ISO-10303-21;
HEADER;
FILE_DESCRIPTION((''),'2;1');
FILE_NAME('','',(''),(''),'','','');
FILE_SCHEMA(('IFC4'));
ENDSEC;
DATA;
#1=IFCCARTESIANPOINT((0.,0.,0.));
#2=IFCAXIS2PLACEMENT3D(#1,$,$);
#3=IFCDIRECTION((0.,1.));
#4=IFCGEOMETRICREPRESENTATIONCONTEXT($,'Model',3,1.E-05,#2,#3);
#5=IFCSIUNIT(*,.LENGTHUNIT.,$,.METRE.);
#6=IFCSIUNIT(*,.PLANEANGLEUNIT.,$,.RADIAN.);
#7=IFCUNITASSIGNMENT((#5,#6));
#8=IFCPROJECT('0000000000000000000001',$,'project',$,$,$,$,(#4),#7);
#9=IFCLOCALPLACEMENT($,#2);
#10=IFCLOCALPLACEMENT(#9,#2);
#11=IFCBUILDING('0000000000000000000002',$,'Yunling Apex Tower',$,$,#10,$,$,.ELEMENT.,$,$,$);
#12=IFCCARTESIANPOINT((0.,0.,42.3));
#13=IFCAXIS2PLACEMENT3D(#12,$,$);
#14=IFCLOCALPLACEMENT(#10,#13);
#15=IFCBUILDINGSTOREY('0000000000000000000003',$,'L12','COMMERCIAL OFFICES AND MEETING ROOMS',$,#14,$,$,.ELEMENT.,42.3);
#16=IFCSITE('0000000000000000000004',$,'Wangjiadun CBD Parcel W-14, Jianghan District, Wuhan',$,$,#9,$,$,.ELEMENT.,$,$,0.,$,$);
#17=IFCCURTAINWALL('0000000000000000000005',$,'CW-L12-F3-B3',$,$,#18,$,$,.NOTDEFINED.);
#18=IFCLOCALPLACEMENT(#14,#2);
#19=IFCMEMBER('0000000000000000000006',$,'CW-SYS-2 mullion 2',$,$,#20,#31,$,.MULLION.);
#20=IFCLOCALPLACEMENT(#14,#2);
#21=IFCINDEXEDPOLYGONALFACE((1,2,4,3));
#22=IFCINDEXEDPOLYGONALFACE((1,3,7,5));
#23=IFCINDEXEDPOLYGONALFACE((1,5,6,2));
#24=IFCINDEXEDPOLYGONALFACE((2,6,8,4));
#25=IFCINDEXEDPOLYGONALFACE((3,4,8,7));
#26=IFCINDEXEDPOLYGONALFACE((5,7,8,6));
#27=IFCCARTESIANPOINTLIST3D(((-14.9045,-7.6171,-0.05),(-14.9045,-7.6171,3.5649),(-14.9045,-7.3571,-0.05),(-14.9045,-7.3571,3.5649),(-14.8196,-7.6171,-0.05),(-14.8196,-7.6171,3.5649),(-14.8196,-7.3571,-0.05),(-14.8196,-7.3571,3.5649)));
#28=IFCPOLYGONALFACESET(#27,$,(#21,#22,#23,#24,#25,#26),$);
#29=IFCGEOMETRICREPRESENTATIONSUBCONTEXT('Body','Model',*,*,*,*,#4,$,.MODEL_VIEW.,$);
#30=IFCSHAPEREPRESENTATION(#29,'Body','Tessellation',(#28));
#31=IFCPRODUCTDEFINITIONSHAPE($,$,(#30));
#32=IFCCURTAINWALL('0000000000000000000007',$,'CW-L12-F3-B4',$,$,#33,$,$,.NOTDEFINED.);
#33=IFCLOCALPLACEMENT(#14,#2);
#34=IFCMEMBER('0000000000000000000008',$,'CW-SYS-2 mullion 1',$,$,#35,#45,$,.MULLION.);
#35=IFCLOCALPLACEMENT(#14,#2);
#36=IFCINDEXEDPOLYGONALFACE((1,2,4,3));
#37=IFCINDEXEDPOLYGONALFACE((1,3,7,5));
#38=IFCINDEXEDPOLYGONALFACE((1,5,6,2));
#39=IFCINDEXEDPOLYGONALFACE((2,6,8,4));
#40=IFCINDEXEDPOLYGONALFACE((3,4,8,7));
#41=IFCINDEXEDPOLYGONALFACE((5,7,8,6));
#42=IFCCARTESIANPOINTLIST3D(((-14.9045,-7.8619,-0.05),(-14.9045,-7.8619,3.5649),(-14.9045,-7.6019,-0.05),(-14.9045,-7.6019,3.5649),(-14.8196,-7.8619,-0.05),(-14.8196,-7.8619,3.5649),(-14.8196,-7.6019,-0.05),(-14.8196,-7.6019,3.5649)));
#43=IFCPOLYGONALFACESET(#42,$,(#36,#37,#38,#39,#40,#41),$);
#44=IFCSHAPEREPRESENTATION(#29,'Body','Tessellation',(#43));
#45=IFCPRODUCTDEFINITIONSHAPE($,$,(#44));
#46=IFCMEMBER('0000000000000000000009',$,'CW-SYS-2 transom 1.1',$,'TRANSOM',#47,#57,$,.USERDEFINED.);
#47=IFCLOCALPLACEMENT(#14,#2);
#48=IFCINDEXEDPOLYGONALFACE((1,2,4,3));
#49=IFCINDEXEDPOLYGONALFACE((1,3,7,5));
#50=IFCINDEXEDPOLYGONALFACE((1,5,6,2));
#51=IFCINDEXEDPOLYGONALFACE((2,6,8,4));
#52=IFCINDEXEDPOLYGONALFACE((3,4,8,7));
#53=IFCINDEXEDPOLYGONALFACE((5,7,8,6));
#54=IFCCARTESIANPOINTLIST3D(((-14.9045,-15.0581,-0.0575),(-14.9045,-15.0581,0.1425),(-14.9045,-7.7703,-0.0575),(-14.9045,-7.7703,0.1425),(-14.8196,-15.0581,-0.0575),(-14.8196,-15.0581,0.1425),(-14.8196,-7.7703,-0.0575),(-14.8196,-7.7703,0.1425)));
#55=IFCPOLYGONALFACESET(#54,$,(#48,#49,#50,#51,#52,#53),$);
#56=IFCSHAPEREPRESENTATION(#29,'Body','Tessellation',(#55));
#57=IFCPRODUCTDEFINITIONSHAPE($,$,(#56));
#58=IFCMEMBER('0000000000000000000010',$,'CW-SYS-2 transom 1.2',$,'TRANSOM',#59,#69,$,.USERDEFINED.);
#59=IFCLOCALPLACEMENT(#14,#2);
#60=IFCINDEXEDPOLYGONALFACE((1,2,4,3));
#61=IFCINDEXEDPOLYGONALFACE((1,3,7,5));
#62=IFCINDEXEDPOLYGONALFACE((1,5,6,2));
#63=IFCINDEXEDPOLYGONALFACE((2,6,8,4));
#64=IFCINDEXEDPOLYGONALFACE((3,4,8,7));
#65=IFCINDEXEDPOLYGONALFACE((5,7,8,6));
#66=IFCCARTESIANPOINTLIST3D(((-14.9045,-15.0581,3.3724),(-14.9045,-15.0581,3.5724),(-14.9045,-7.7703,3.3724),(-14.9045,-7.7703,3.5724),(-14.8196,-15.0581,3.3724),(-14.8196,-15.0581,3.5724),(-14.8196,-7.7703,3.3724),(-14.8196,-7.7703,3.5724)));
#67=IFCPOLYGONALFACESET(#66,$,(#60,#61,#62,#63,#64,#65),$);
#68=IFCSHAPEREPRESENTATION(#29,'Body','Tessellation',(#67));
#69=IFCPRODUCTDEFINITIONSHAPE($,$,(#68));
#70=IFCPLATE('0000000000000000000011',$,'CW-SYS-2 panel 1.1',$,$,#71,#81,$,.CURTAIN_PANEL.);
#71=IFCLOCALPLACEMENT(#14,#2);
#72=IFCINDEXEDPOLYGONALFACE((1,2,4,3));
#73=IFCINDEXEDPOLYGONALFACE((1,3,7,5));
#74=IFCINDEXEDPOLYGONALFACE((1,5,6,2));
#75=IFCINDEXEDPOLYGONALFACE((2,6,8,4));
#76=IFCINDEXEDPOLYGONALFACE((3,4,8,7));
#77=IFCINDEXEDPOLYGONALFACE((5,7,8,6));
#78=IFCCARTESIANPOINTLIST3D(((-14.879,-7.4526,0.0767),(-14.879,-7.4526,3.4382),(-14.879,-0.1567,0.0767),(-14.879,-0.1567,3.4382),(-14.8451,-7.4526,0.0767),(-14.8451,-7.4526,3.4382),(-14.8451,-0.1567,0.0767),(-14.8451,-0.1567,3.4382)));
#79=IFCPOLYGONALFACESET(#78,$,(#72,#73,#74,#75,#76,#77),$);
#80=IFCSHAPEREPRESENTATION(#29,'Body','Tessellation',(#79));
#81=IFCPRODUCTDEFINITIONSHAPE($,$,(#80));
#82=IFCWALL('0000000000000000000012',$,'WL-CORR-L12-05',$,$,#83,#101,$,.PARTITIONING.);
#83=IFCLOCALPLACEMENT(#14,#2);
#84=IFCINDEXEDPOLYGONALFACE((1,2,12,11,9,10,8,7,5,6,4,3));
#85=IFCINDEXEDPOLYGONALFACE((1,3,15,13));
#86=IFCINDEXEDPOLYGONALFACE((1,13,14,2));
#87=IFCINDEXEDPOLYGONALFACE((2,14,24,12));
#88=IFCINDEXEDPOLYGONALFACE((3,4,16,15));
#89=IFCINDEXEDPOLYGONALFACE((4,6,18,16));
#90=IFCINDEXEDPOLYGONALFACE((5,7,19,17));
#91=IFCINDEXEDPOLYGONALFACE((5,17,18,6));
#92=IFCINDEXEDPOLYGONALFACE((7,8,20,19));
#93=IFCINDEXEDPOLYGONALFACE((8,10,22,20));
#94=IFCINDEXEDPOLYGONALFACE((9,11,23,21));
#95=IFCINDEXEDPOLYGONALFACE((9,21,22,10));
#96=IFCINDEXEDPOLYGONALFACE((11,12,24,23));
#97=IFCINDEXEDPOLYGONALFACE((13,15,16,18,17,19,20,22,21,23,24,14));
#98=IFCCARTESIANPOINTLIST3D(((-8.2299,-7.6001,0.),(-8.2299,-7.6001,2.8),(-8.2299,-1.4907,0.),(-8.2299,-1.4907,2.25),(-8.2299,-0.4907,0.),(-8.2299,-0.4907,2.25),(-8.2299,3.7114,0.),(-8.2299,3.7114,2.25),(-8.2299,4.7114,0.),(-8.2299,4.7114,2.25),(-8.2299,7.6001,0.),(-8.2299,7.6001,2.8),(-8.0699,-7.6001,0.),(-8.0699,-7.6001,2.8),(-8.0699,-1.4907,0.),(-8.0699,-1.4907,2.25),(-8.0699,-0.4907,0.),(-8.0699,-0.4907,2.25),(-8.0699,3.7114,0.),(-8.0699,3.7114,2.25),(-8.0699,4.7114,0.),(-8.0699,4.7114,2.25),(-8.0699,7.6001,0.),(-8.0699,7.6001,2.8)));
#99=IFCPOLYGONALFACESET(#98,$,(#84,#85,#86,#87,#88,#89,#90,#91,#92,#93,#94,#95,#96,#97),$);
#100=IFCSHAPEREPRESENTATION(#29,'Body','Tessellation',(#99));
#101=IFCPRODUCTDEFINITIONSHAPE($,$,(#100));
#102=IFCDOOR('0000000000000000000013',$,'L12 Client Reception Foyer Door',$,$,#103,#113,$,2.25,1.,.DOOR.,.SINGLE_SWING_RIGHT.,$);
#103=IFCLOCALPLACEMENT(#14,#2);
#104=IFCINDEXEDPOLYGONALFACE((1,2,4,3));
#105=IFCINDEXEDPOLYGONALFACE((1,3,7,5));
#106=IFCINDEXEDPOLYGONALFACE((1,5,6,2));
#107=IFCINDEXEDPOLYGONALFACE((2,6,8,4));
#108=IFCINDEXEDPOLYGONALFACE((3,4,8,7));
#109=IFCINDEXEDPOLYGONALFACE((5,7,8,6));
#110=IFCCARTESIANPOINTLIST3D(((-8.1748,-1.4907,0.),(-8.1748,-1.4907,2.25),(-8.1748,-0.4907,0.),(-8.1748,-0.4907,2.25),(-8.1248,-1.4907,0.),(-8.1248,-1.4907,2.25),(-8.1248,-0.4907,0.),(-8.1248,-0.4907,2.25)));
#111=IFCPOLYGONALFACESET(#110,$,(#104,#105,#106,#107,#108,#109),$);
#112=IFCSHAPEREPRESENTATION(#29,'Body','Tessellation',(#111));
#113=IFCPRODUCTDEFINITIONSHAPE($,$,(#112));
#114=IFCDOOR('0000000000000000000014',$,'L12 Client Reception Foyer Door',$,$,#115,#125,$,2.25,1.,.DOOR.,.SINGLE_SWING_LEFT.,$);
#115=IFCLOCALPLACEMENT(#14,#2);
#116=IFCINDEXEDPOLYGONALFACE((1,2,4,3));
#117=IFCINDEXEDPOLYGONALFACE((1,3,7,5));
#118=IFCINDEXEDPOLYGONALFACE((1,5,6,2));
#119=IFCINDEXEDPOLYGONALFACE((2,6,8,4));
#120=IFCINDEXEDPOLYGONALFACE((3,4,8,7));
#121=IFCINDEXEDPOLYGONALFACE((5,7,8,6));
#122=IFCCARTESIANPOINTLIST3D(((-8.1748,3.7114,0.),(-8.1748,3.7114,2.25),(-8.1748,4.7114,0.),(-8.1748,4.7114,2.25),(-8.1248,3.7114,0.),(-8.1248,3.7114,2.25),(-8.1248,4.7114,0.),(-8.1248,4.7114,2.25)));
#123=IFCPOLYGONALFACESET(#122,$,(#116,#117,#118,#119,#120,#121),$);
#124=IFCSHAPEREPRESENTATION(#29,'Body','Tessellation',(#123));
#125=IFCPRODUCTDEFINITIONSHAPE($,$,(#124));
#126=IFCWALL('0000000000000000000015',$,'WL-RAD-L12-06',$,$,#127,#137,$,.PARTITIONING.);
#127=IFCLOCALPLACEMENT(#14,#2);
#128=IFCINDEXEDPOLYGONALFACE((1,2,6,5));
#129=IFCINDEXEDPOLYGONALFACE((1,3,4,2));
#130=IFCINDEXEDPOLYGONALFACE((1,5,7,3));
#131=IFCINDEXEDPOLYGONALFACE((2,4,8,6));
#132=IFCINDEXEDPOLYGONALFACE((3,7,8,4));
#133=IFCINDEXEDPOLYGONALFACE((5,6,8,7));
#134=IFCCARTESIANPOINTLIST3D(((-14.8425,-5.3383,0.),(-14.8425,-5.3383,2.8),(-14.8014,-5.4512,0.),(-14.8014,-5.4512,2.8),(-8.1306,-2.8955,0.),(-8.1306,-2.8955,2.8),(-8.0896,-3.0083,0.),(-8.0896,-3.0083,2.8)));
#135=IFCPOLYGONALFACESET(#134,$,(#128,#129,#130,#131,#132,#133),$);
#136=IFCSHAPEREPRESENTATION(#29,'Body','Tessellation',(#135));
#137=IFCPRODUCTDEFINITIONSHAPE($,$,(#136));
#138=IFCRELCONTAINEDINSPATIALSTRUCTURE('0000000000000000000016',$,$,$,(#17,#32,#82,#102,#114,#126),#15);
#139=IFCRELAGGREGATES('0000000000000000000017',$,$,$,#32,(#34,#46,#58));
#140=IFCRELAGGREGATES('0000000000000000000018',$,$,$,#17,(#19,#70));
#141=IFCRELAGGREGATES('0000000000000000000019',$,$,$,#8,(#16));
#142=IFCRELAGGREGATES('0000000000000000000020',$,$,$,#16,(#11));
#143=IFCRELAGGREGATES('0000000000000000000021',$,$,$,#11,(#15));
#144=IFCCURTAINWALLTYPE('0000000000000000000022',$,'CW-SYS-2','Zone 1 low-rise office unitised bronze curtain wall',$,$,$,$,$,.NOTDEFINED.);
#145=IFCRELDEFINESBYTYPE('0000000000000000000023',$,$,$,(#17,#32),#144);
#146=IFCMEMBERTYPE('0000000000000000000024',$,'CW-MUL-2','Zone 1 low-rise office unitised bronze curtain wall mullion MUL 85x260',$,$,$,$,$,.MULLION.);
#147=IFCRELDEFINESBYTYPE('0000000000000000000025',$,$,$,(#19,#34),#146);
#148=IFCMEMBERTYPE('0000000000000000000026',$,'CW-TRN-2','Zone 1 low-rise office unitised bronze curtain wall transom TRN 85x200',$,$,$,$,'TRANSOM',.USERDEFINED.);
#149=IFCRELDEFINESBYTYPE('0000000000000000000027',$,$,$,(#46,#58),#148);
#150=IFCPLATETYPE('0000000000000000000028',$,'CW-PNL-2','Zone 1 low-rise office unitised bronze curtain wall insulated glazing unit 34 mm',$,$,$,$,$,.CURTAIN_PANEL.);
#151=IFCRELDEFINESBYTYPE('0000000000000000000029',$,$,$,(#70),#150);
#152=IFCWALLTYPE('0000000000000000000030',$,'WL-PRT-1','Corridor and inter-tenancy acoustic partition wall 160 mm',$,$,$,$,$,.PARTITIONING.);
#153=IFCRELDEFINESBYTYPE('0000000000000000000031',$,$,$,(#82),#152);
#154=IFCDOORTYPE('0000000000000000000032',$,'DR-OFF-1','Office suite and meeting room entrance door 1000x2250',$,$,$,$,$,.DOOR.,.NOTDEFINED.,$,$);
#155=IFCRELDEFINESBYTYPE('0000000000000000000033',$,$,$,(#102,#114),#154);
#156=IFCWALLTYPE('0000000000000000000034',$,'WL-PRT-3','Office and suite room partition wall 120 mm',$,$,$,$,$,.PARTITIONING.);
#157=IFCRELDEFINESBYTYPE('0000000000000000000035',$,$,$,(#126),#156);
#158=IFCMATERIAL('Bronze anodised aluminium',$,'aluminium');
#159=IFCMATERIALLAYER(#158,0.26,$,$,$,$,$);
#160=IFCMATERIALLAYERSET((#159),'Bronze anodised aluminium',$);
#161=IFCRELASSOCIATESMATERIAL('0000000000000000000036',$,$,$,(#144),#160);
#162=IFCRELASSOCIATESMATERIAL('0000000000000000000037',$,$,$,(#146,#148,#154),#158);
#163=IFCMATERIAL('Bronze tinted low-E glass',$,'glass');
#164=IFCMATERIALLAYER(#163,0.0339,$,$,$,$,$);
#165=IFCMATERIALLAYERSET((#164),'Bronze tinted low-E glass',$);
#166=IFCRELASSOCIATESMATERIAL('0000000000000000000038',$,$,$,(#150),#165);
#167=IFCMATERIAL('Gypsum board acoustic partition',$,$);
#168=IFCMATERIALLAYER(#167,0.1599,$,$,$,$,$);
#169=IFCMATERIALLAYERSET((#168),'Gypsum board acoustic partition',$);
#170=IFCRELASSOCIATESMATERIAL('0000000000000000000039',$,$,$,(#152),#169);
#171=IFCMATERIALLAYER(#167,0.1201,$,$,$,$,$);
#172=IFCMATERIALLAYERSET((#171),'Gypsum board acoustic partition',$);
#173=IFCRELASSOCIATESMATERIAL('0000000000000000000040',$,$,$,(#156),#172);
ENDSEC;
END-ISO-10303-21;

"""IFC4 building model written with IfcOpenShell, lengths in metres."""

from ifc_helpers import new_model, si_unit, direction, frame, frame_2d, origin, origin_2d, place, context, subcontext, project, spatial, rectangle, extrude, source, transform, mapped, material, layer, layer_set, material_profile, profile_set, type_object, element, fill, aggregate, save


model = new_model("IFC4")

# Units and contexts
model_context = context("Model", 3, precision=1e-05, world=origin(), true_north=direction((0.0, 1.0)))
body_context = subcontext(model_context, "Body", "Model", "MODEL_VIEW")
ifc_project = project(units=[si_unit("LENGTHUNIT", "METRE"), si_unit("PLANEANGLEUNIT", "RADIAN")], contexts=[model_context])

# Site, building, storey
site_placement = place(None, origin())
site = spatial("IfcSite", under=ifc_project, at=site_placement, Name="Wangjiadun CBD Parcel W-14, Jianghan District, Wuhan", CompositionType="ELEMENT", RefElevation=0.0)
building_placement = place(site_placement, origin())
building = spatial("IfcBuilding", under=site, at=building_placement, Name="Yunling Apex Tower", CompositionType="ELEMENT")
storey_placement = place(building_placement, frame((0.0, 0.0, 42.3)))
storey = spatial("IfcBuildingStorey", under=building, at=storey_placement, Name="L12", Description="COMMERCIAL OFFICES AND MEETING ROOMS", CompositionType="ELEMENT", Elevation=42.3)

# Curtain wall, member
ifc_material_1 = material(Name="Bronze anodised aluminium", Category="aluminium")
ifc_layer_1 = layer(ifc_material_1, 0.26)
ifc_layer_set_1 = layer_set([ifc_layer_1], Name="Bronze anodised aluminium")
curtain_wall_type = type_object("IfcCurtainWallType", Name="CW-SYS-2", Description="Zone 1 low-rise office unitised bronze curtain wall", PredefinedType="NOTDEFINED", material=ifc_layer_set_1)
curtain_wall_1_placement = place(storey_placement, origin())
curtain_wall_1 = element("IfcCurtainWall", 1, at=curtain_wall_1_placement, inside=storey, type_object=curtain_wall_type, Name="CW-L12-F3-B3", PredefinedType="NOTDEFINED")
ifc_material_profile_1 = material_profile(ifc_material_1, rectangle(XDim=0.085, YDim=0.26, at=origin_2d()))
ifc_profile_set_1 = profile_set([ifc_material_profile_1], Name="Bronze anodised aluminium")
member_type_1 = type_object("IfcMemberType", Name="CW-MUL-2", Description="Zone 1 low-rise office unitised bronze curtain wall mullion MUL 85x260", PredefinedType="MULLION", material=ifc_profile_set_1)
shared_shape_1 = source(origin(), body_context, "Body", "SweptSolid", [
    extrude(rectangle(XDim=0.085, YDim=0.26, at=origin_2d()), origin(), (0.0, 0.0, 1.0), 3.615),
])
member_1_placement = place(storey_placement, frame((-14.8621, -7.4871, -0.05), z_axis=(0.0, 0.0, 1.0), x_axis=(1.0, 0.0, 0.0)))
member_1 = element("IfcMember", 2, at=member_1_placement, type_object=member_type_1, Name="CW-SYS-2 mullion 2", PredefinedType="MULLION", context=body_context, shape_type="MappedRepresentation", body=[
    mapped(shared_shape_1, transform((0.0, 0.0, 0.0), scale=1.0)),
])

# Curtain wall, members
curtain_wall_2_placement = place(storey_placement, origin())
curtain_wall_2 = element("IfcCurtainWall", 3, at=curtain_wall_2_placement, inside=storey, type_object=curtain_wall_type, Name="CW-L12-F3-B4", PredefinedType="NOTDEFINED")
member_2_placement = place(storey_placement, frame((-14.8621, -7.7319, -0.05), z_axis=(0.0, 0.0, 1.0), x_axis=(1.0, 0.0, 0.0)))
member_2 = element("IfcMember", 4, at=member_2_placement, type_object=member_type_1, Name="CW-SYS-2 mullion 1", PredefinedType="MULLION", context=body_context, shape_type="MappedRepresentation", body=[
    mapped(shared_shape_1, transform((0.0, 0.0, 0.0), scale=1.0)),
])
ifc_material_profile_2 = material_profile(ifc_material_1, rectangle(XDim=0.085, YDim=0.2, at=origin_2d()))
ifc_profile_set_2 = profile_set([ifc_material_profile_2], Name="Bronze anodised aluminium")
member_type_2 = type_object("IfcMemberType", Name="CW-TRN-2", Description="Zone 1 low-rise office unitised bronze curtain wall transom TRN 85x200", ElementType="TRANSOM", PredefinedType="USERDEFINED", material=ifc_profile_set_2)
shared_shape_2 = source(origin(), body_context, "Body", "SweptSolid", [
    extrude(rectangle(XDim=0.085, YDim=0.2, at=origin_2d()), origin(), (0.0, 0.0, 1.0), 7.2878),
])
member_3_placement = place(storey_placement, frame((-14.8621, -7.7703, 0.0425), z_axis=(0.0, -1.0, 0.0), x_axis=(1.0, 0.0, 0.0)))
member_3 = element("IfcMember", 5, at=member_3_placement, type_object=member_type_2, Name="CW-SYS-2 transom 1.1", ObjectType="TRANSOM", PredefinedType="USERDEFINED", context=body_context, shape_type="MappedRepresentation", body=[
    mapped(shared_shape_2, transform((0.0, 0.0, 0.0), scale=1.0)),
])
member_4_placement = place(storey_placement, frame((-14.8621, -7.7703, 3.4724), z_axis=(0.0, -1.0, 0.0), x_axis=(1.0, 0.0, 0.0)))
member_4 = element("IfcMember", 6, at=member_4_placement, type_object=member_type_2, Name="CW-SYS-2 transom 1.2", ObjectType="TRANSOM", PredefinedType="USERDEFINED", context=body_context, shape_type="MappedRepresentation", body=[
    mapped(shared_shape_2, transform((0.0, 0.0, 0.0), scale=1.0)),
])
aggregate(curtain_wall_2, [member_2, member_3, member_4])

# Plate
ifc_material_2 = material(Name="Bronze tinted low-E glass", Category="glass")
ifc_layer_2 = layer(ifc_material_2, 0.0339)
ifc_layer_set_2 = layer_set([ifc_layer_2], Name="Bronze tinted low-E glass")
plate_type = type_object("IfcPlateType", Name="CW-PNL-2", Description="Zone 1 low-rise office unitised bronze curtain wall insulated glazing unit 34 mm", PredefinedType="CURTAIN_PANEL", material=ifc_layer_set_2)
shared_shape_3 = source(origin(), body_context, "Body", "SweptSolid", [
    extrude(rectangle(XDim=7.2959, YDim=0.0339, at=origin_2d()), origin(), (0.0, 0.0, 1.0), 3.3616),
])
plate_placement = place(storey_placement, frame((-14.8621, -3.8047, 0.0767), z_axis=(0.0, 0.0, 1.0), x_axis=(0.0, -1.0, 0.0)))
plate = element("IfcPlate", 7, at=plate_placement, type_object=plate_type, Name="CW-SYS-2 panel 1.1", PredefinedType="CURTAIN_PANEL", context=body_context, shape_type="MappedRepresentation", body=[
    mapped(shared_shape_3, transform((0.0, 0.0, 0.0), scale=1.0)),
])
aggregate(curtain_wall_1, [member_1, plate])

# Wall, openings, doors
ifc_material_3 = material(Name="Gypsum board acoustic partition")
ifc_layer_3 = layer(ifc_material_3, 0.1599)
ifc_layer_set_3 = layer_set([ifc_layer_3], Name="Gypsum board acoustic partition")
wall_type_1 = type_object("IfcWallType", Name="WL-PRT-1", Description="Corridor and inter-tenancy acoustic partition wall 160 mm", PredefinedType="PARTITIONING", material=ifc_layer_set_3)
wall_1_placement = place(storey_placement, frame((-8.1499, -7.6001, 0.0), z_axis=(0.0, 0.0, 1.0), x_axis=(0.0, 1.0, 0.0)))
wall_1 = element("IfcWall", 8, at=wall_1_placement, inside=storey, type_object=wall_type_1, Name="WL-CORR-L12-05", PredefinedType="PARTITIONING", context=body_context, shape_type="SweptSolid", body=[
    extrude(rectangle(XDim=15.2002, YDim=0.1599, at=frame_2d((7.6001, 0.0))), origin(), (0.0, 0.0, 1.0), 2.8),
])
opening_1_placement = place(wall_1_placement, frame((6.1094, 0.0, 0.0)))
opening_1 = element("IfcOpeningElement", 9, at=opening_1_placement, cuts=wall_1, PredefinedType="OPENING", context=body_context, shape_type="SweptSolid", body=[
    extrude(rectangle(XDim=1.0, YDim=2.25, at=frame_2d((0.5, 1.125))), frame((0.0, 0.0898, 0.0), z_axis=(0.0, -1.0, 0.0), x_axis=(1.0, 0.0, 0.0)), (0.0, 0.0, 1.0), 0.1799),
])
opening_2_placement = place(wall_1_placement, frame((11.3115, 0.0, 0.0)))
opening_2 = element("IfcOpeningElement", 10, at=opening_2_placement, cuts=wall_1, PredefinedType="OPENING", context=body_context, shape_type="SweptSolid", body=[
    extrude(rectangle(XDim=1.0, YDim=2.25, at=frame_2d((0.5, 1.125))), frame((0.0, 0.0898, 0.0), z_axis=(0.0, -1.0, 0.0), x_axis=(1.0, 0.0, 0.0)), (0.0, 0.0, 1.0), 0.1799),
])
door_type = type_object("IfcDoorType", Name="DR-OFF-1", Description="Office suite and meeting room entrance door 1000x2250", OperationType="NOTDEFINED", PredefinedType="DOOR", material=ifc_material_1)
door_1_placement = place(opening_1_placement, origin())
door_1 = element("IfcDoor", 11, at=door_1_placement, inside=storey, type_object=door_type, Name="L12 Client Reception Foyer Door", OperationType="SINGLE_SWING_RIGHT", OverallHeight=2.25, OverallWidth=1.0, PredefinedType="DOOR", context=body_context, shape_type="SweptSolid", body=[
    extrude(rectangle(XDim=1.0, YDim=2.25, at=frame_2d((0.5, 1.125))), frame((0.0, 0.0249, 0.0), z_axis=(0.0, -1.0, 0.0), x_axis=(1.0, 0.0, 0.0)), (0.0, 0.0, 1.0), 0.05),
])
fill(opening_1, door_1)
door_2_placement = place(opening_2_placement, origin())
door_2 = element("IfcDoor", 12, at=door_2_placement, inside=storey, type_object=door_type, Name="L12 Client Reception Foyer Door", OperationType="SINGLE_SWING_LEFT", OverallHeight=2.25, OverallWidth=1.0, PredefinedType="DOOR", context=body_context, shape_type="SweptSolid", body=[
    extrude(rectangle(XDim=1.0, YDim=2.25, at=frame_2d((0.5, 1.125))), frame((0.0, 0.0249, 0.0), z_axis=(0.0, -1.0, 0.0), x_axis=(1.0, 0.0, 0.0)), (0.0, 0.0, 1.0), 0.05),
])
fill(opening_2, door_2)

# Wall
ifc_layer_4 = layer(ifc_material_3, 0.1201)
ifc_layer_set_4 = layer_set([ifc_layer_4], Name="Gypsum board acoustic partition")
wall_type_2 = type_object("IfcWallType", Name="WL-PRT-3", Description="Office and suite room partition wall 120 mm", PredefinedType="PARTITIONING", material=ifc_layer_set_4)
wall_2_placement = place(storey_placement, frame((-8.1101, -2.9519, 0.0), z_axis=(0.0, 0.0, 1.0), x_axis=(-0.939696, -0.342012, 0.0)))
element("IfcWall", 13, at=wall_2_placement, inside=storey, type_object=wall_type_2, Name="WL-RAD-L12-06", PredefinedType="PARTITIONING", context=body_context, shape_type="SweptSolid", body=[
    extrude(rectangle(XDim=7.1426, YDim=0.1201, at=frame_2d((3.5713, 0.0))), origin(), (0.0, 0.0, 1.0), 2.8),
])

save(model, "model.ifc")
